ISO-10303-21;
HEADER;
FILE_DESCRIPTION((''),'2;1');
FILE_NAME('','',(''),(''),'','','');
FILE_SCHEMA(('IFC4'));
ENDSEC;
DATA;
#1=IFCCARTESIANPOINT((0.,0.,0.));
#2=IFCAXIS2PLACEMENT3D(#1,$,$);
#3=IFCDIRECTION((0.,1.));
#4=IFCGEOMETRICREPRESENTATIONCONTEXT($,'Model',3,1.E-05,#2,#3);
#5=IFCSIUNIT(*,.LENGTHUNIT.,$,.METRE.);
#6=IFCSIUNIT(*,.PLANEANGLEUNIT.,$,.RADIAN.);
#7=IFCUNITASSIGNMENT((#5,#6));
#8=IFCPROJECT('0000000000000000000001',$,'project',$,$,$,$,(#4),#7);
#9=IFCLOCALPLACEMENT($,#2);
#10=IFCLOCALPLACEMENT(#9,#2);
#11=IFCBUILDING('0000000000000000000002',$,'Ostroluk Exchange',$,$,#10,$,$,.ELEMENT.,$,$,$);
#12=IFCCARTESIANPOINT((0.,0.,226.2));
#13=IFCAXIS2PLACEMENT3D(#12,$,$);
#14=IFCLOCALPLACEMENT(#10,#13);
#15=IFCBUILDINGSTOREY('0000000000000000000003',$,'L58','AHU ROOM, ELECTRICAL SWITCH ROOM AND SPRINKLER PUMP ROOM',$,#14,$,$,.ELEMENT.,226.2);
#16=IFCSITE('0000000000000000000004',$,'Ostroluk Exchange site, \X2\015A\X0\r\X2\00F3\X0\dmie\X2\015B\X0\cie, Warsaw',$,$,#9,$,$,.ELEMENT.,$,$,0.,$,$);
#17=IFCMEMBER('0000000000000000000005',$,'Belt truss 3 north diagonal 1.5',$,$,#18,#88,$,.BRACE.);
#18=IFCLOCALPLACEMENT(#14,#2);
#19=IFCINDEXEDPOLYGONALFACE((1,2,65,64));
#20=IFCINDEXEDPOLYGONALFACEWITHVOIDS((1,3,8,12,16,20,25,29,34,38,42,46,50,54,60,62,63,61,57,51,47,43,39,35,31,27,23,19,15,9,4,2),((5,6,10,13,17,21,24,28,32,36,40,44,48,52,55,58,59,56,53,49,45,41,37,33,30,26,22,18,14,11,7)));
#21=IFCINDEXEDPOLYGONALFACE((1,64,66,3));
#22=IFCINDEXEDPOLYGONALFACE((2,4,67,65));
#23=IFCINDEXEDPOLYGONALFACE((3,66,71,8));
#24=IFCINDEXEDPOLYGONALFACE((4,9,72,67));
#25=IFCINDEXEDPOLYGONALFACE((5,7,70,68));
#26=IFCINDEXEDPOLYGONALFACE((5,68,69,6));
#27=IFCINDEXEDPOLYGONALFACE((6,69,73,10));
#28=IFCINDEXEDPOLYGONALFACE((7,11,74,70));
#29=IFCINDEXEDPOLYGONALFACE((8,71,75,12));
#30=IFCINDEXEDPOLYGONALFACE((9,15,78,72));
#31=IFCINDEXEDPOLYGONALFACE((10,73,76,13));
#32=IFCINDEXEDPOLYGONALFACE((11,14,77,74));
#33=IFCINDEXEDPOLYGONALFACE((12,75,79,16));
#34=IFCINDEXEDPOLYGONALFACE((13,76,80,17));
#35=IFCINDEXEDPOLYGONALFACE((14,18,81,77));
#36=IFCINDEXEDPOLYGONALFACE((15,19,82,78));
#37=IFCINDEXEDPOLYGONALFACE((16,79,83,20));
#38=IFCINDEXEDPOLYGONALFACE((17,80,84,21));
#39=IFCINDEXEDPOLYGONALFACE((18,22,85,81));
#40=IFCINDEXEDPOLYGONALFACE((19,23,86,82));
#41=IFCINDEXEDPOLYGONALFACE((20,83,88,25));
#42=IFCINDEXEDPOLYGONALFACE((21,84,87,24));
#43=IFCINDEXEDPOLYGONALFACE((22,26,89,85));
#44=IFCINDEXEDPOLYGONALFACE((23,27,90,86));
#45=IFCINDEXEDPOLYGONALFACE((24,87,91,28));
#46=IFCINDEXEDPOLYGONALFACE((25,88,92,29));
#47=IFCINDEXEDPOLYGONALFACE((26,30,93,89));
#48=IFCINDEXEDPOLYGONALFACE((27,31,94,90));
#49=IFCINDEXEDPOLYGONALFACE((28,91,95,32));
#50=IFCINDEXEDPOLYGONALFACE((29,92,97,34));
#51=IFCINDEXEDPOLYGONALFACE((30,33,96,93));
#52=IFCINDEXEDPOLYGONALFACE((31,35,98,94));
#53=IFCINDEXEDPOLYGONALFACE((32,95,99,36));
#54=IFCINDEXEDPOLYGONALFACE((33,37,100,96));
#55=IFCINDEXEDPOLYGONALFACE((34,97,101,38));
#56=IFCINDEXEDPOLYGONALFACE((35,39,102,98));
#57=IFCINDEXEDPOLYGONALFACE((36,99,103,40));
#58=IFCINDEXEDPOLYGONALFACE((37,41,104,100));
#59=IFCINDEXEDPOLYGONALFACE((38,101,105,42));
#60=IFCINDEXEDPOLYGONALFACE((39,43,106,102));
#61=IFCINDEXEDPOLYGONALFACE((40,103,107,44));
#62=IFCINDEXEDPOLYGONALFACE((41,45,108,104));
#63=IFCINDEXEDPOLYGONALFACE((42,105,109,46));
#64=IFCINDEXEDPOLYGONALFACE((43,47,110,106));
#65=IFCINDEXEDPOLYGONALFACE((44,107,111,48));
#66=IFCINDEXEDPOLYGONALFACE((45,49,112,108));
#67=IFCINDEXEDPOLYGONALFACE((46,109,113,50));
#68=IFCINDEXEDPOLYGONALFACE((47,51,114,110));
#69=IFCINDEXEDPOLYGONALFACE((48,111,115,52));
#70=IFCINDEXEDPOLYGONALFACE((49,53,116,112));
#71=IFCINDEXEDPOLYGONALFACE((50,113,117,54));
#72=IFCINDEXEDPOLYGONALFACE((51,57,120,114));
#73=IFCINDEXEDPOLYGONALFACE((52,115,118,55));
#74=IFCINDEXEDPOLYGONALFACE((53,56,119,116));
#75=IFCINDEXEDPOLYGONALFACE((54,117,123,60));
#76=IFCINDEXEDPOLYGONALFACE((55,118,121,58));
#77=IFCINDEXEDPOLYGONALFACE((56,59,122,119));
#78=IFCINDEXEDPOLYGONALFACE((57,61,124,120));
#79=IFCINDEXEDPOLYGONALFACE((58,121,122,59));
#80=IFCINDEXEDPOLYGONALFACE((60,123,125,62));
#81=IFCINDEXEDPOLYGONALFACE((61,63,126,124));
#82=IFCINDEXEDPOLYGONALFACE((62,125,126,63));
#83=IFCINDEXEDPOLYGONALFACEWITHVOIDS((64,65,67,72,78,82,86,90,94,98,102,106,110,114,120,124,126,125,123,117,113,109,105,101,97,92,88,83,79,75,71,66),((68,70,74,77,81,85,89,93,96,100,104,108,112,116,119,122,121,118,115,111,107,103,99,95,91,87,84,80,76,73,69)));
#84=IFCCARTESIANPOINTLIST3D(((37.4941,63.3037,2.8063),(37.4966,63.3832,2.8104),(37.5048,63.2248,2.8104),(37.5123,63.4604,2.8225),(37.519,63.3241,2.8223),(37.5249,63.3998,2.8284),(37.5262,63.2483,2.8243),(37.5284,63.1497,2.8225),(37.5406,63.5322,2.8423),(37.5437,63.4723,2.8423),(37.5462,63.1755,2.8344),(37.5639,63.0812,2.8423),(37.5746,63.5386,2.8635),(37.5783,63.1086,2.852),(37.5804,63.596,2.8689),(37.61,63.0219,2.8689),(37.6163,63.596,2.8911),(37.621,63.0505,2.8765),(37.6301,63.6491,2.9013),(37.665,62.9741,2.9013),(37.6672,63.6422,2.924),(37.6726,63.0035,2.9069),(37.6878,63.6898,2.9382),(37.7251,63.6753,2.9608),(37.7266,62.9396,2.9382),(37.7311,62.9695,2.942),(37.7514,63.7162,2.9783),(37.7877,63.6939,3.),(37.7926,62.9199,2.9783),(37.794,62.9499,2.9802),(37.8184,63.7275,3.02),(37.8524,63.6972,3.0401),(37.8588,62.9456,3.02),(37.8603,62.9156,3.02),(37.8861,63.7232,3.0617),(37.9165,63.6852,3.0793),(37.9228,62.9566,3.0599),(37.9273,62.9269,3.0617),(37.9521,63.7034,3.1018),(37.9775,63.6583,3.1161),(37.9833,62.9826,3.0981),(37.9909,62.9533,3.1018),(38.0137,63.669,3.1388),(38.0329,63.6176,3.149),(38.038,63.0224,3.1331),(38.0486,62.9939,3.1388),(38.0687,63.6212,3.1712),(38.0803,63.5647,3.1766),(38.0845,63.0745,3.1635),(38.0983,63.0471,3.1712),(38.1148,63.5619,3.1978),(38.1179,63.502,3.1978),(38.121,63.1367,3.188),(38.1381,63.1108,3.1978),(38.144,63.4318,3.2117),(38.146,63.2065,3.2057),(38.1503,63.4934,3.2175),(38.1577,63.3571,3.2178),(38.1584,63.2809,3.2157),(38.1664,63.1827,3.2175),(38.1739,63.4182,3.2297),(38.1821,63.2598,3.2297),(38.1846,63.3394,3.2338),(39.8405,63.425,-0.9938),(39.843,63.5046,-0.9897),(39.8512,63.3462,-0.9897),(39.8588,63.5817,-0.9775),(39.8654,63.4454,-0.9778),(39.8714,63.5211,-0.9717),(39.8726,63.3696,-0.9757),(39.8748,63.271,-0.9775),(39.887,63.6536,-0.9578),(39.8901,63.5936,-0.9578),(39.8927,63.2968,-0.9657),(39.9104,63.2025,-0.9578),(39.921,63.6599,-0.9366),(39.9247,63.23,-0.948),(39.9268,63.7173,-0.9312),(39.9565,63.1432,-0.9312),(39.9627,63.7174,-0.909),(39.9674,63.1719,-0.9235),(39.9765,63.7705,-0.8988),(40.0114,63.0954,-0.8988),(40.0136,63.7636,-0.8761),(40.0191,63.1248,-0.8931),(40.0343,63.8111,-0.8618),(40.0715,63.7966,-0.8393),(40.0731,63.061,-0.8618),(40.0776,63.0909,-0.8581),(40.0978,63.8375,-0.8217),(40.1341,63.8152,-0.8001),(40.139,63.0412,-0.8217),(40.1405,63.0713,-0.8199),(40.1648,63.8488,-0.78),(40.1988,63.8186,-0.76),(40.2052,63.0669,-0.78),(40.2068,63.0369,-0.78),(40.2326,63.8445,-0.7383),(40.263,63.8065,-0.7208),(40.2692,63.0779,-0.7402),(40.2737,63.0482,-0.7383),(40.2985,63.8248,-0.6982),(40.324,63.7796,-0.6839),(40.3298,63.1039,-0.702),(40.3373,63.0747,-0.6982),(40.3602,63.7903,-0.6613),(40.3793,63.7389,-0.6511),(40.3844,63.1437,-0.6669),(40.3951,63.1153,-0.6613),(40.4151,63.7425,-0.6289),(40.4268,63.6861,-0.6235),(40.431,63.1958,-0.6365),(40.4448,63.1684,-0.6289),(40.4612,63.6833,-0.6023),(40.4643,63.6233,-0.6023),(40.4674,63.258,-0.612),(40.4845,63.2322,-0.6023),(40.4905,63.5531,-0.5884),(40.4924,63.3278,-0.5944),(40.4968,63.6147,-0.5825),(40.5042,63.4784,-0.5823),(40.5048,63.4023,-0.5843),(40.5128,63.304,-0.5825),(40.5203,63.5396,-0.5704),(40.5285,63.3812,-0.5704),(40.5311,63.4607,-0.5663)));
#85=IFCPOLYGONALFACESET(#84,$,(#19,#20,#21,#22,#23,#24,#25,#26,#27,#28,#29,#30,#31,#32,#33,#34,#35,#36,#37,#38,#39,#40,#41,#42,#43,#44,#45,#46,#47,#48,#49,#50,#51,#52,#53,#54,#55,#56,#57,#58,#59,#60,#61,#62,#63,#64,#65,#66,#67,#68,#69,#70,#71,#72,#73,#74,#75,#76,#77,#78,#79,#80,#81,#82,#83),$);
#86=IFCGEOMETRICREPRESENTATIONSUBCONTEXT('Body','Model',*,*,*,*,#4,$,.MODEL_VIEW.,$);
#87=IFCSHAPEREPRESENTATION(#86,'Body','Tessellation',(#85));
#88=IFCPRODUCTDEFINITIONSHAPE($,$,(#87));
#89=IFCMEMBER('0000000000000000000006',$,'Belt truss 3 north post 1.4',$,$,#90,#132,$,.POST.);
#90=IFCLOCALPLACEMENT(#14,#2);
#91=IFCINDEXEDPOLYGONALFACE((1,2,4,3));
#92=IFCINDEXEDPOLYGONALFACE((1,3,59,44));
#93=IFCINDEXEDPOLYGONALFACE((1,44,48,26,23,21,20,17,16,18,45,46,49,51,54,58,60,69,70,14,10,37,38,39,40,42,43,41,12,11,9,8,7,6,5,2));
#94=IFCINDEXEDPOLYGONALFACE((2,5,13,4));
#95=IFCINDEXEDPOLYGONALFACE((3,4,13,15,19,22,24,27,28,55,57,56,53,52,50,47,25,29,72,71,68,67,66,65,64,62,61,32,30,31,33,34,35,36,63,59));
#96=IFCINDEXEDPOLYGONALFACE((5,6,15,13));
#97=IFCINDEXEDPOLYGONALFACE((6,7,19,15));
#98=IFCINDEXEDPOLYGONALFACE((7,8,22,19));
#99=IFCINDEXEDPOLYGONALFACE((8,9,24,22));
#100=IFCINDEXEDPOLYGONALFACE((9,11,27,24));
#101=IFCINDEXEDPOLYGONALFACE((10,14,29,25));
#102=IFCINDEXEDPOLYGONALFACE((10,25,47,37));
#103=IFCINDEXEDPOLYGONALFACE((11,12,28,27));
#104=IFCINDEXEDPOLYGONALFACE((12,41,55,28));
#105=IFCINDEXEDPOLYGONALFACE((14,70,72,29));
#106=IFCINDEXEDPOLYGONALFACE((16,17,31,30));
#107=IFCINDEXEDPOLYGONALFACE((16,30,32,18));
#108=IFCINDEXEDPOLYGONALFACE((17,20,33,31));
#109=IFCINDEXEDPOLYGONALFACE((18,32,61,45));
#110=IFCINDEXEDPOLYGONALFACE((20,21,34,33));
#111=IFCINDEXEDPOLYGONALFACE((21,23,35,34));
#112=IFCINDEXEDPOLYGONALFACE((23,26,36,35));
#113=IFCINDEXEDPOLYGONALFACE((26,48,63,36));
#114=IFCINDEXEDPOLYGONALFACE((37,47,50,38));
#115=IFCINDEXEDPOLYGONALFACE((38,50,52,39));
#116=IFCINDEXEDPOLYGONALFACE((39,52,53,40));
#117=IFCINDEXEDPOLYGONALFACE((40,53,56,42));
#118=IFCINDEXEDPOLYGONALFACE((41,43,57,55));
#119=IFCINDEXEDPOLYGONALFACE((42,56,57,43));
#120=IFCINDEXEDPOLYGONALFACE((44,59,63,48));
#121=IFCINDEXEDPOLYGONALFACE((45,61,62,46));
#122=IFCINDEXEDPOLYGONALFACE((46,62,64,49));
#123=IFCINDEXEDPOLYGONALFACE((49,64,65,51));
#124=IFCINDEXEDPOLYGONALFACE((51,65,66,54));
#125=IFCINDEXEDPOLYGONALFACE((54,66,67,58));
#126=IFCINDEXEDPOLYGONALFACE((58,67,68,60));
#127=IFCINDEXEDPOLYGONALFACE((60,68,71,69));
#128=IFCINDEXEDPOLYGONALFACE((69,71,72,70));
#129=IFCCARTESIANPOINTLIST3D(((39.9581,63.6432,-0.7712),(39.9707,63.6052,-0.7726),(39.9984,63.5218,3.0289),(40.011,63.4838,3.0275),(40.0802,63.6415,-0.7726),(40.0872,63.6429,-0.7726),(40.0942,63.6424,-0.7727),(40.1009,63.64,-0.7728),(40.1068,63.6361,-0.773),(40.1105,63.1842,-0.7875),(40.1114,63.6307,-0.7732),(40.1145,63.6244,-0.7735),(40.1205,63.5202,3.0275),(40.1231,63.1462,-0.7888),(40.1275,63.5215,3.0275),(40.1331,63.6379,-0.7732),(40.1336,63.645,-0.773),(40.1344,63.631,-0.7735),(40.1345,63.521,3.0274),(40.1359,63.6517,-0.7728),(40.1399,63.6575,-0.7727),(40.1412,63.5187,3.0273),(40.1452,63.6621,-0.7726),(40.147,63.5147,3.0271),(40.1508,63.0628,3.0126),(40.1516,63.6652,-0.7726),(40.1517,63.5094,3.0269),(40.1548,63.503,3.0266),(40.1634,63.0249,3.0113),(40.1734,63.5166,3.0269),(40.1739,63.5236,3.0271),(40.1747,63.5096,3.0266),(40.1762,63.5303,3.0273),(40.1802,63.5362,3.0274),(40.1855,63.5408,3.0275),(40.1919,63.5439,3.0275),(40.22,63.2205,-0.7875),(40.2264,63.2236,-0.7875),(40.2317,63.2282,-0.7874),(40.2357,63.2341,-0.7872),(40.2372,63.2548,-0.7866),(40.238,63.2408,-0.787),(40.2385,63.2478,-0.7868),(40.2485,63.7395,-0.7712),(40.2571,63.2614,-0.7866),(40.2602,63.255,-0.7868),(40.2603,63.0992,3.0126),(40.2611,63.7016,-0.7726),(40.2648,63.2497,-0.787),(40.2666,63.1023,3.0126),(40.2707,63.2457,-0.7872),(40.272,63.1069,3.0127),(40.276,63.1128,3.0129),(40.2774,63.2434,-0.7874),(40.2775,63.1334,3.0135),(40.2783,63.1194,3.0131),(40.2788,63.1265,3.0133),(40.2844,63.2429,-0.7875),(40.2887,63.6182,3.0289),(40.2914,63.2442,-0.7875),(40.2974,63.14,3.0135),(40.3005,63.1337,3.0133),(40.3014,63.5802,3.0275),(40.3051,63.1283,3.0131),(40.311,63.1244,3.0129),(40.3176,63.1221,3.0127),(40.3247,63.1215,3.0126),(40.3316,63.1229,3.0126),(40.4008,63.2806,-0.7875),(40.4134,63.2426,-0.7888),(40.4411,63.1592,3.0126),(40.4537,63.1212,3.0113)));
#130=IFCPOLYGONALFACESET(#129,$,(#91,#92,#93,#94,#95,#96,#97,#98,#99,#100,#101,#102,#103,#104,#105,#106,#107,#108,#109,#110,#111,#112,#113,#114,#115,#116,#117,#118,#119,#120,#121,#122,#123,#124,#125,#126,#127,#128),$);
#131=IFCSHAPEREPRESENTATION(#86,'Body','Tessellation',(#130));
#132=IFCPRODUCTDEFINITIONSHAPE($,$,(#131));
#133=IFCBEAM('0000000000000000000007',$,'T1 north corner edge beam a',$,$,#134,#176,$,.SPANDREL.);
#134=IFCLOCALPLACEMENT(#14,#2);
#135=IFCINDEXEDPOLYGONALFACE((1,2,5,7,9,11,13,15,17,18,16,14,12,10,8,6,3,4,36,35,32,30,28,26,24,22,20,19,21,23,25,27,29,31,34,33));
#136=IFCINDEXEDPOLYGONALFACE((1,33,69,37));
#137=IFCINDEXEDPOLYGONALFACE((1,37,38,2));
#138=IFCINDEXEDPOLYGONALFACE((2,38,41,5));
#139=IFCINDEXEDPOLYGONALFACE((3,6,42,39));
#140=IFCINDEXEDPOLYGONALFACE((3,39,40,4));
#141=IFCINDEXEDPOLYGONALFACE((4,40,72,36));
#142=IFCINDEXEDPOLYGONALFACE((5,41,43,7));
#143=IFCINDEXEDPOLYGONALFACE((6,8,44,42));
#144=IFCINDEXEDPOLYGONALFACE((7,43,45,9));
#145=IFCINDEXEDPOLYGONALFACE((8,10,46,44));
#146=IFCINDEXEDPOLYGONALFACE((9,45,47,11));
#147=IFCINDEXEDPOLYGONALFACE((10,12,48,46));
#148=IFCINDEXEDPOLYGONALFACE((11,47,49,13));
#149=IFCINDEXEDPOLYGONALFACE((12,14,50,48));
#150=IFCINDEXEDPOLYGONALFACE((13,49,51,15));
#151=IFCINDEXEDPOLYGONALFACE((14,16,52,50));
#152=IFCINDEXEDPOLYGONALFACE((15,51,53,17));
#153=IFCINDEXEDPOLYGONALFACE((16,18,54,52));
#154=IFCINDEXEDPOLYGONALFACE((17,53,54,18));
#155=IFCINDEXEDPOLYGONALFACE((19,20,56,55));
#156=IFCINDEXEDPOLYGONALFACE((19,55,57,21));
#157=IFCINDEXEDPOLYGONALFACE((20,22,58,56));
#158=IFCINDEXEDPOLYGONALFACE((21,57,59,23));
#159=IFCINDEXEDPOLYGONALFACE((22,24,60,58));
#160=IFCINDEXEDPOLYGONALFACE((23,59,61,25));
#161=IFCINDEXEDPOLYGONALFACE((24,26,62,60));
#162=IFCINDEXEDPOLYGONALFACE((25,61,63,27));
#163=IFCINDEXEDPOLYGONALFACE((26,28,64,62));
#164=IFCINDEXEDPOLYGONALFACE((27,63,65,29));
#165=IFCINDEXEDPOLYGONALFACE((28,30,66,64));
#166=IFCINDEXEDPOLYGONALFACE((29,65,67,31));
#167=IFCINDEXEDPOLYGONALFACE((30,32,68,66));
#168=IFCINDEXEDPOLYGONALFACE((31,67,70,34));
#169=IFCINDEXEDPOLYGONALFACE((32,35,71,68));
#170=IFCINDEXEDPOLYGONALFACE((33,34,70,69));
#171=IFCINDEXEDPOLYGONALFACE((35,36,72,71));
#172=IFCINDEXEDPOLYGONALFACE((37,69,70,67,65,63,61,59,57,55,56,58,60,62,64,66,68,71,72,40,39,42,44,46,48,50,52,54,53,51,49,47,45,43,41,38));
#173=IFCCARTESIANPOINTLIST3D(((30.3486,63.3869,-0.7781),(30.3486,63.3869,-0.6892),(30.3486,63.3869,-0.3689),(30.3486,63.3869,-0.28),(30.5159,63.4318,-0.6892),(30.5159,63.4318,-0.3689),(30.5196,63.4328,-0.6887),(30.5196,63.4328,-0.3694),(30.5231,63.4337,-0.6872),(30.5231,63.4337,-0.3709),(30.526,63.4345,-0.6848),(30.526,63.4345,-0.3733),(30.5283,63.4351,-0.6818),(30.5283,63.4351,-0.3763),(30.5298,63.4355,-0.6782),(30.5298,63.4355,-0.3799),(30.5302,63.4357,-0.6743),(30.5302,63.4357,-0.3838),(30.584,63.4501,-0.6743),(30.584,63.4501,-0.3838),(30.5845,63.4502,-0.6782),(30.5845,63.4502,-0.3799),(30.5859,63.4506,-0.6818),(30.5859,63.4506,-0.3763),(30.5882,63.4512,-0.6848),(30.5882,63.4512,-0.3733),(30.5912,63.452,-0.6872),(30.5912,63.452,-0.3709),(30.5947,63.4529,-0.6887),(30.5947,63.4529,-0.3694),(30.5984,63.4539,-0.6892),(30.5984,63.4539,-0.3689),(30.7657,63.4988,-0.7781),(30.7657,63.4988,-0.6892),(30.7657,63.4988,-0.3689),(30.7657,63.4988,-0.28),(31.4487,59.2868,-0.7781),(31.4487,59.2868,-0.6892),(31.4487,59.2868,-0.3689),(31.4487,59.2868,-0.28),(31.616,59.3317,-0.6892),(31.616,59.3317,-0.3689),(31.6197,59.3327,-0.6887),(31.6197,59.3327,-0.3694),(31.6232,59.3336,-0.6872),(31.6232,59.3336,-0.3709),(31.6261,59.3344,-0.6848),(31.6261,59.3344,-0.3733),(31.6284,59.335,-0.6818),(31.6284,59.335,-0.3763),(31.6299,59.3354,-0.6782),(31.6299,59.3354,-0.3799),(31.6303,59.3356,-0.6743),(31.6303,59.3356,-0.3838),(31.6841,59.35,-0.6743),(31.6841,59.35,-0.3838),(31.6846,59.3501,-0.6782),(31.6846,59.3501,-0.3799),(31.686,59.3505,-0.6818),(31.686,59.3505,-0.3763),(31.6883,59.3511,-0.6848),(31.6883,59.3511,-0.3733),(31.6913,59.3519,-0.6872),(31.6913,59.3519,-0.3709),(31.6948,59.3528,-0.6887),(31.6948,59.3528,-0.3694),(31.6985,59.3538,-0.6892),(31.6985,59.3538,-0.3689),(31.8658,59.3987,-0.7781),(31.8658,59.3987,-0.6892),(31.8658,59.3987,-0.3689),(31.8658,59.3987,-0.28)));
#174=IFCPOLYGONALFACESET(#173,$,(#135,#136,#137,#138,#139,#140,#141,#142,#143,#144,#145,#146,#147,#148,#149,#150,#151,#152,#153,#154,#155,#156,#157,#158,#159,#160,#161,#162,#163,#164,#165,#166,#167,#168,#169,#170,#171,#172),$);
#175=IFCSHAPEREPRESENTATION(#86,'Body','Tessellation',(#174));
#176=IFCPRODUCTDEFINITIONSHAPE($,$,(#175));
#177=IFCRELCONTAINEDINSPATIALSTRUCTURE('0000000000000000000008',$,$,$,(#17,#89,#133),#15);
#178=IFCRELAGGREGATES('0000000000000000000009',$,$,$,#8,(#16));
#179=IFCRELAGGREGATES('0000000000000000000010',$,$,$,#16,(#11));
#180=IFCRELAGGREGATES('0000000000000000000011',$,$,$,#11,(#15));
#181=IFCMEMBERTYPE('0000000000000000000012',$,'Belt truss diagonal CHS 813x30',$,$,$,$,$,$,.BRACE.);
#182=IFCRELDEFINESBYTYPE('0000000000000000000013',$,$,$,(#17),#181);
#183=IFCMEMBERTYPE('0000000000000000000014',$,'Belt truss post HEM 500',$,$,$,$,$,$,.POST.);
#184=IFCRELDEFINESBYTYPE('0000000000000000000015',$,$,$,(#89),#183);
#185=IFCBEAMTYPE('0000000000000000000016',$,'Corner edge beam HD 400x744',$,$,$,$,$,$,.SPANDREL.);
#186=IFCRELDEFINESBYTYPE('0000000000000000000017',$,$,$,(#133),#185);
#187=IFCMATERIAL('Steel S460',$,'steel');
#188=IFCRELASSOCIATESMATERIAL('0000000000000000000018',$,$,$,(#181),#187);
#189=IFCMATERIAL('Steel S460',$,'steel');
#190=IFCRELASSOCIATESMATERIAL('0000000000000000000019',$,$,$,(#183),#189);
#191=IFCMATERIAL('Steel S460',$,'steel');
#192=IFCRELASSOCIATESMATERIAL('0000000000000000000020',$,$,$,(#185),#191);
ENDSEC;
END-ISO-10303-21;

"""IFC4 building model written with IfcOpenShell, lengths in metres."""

from ifc_helpers import new_model, si_unit, direction, frame, origin, origin_2d, place, context, subcontext, project, spatial, hollow_circle, i_section, extrude, material, material_profile, profile_set, type_object, element, save


model = new_model("IFC4")

# Units and contexts
model_context = context("Model", 3, precision=1e-05, world=origin(), true_north=direction((0.0, 1.0)))
body_context = subcontext(model_context, "Body", "Model", "MODEL_VIEW")
ifc_project = project(units=[si_unit("LENGTHUNIT", "METRE"), si_unit("PLANEANGLEUNIT", "RADIAN")], contexts=[model_context])

# Site, building, storey
site_placement = place(None, origin())
site = spatial("IfcSite", under=ifc_project, at=site_placement, Name="Ostroluk Exchange site, Śródmieście, Warsaw", CompositionType="ELEMENT", RefElevation=0.0)
building_placement = place(site_placement, origin())
building = spatial("IfcBuilding", under=site, at=building_placement, Name="Ostroluk Exchange", CompositionType="ELEMENT")
storey_placement = place(building_placement, frame((0.0, 0.0, 226.2)))
storey = spatial("IfcBuildingStorey", under=building, at=storey_placement, Name="L58", Description="AHU ROOM, ELECTRICAL SWITCH ROOM AND SPRINKLER PUMP ROOM", CompositionType="ELEMENT", Elevation=226.2)

# Members
ifc_material_1 = material(Name="Steel S460", Category="steel")
ifc_material_profile_1 = material_profile(ifc_material_1, hollow_circle(Radius=0.4065, WallThickness=0.03, at=origin_2d()), Name="CHS 813x30")
ifc_profile_set_1 = profile_set([ifc_material_profile_1], Name="Steel S460")
member_type_1 = type_object("IfcMemberType", Name="Belt truss diagonal CHS 813x30", PredefinedType="BRACE", material=ifc_profile_set_1)
member_1_placement = place(storey_placement, frame((40.1858, 63.4429, -0.78), z_axis=(-0.525193, -0.027159, 0.85055), x_axis=(0.051643, -0.998666, 0.0)))
element("IfcMember", 1, at=member_1_placement, inside=storey, type_object=member_type_1, Name="Belt truss 3 north diagonal 1.5", PredefinedType="BRACE", context=body_context, shape_type="SweptSolid", body=[
    extrude(hollow_circle(Radius=0.4065, WallThickness=0.03, at=origin_2d()), origin(), (0.0, 0.0, 1.0), 4.4678),
])
ifc_material_2 = material(Name="Steel S460", Category="steel")
ifc_material_profile_2 = material_profile(ifc_material_2, i_section(OverallWidth=0.3059, OverallDepth=0.5239, WebThickness=0.021, FlangeThickness=0.04, FilletRadius=0.0271, at=origin_2d()), Name="HEM 500")
ifc_profile_set_2 = profile_set([ifc_material_profile_2], Name="Steel S460")
member_type_2 = type_object("IfcMemberType", Name="Belt truss post HEM 500", PredefinedType="POST", material=ifc_profile_set_2)
member_2_placement = place(storey_placement, frame((40.1858, 63.4429, -0.78), z_axis=(0.010595, -0.031913, 0.999435), x_axis=(0.949065, 0.315082, 0.0)))
element("IfcMember", 2, at=member_2_placement, inside=storey, type_object=member_type_2, Name="Belt truss 3 north post 1.4", PredefinedType="POST", context=body_context, shape_type="SweptSolid", body=[
    extrude(i_section(OverallWidth=0.3059, OverallDepth=0.5239, WebThickness=0.021, FlangeThickness=0.04, FilletRadius=0.0271, at=origin_2d()), origin(), (0.0, 0.0, 1.0), 3.8022),
])

# Beam
ifc_material_3 = material(Name="Steel S460", Category="steel")
ifc_material_profile_3 = material_profile(ifc_material_3, i_section(OverallWidth=0.4319, OverallDepth=0.498, WebThickness=0.0557, FlangeThickness=0.0889, FilletRadius=0.0149, at=origin_2d()), Name="HD 400x744")
ifc_profile_set_3 = profile_set([ifc_material_profile_3], Name="Steel S460")
beam_type_1 = type_object("IfcBeamType", Name="Corner edge beam HD 400x744", PredefinedType="SPANDREL", material=ifc_profile_set_3)
for number, where, z_axis, x_axis, name in (
    (3, (31.6572, 59.3428, -0.5291), (-0.259144, 0.965839, 0.0), (-0.965839, -0.259144, 0.0), "T1 north corner edge beam a"),
):
    element("IfcBeam", number, at=place(storey_placement, frame(where, z_axis=z_axis, x_axis=x_axis)), inside=storey, type_object=beam_type_1, Name=name, PredefinedType="SPANDREL", context=body_context, shape_type="SweptSolid", body=[
        extrude(i_section(OverallWidth=0.4319, OverallDepth=0.498, WebThickness=0.0557, FlangeThickness=0.0889, FilletRadius=0.0149, at=origin_2d()), origin(), (0.0, 0.0, 1.0), 4.2451),
    ])

save(model, "model.ifc")
